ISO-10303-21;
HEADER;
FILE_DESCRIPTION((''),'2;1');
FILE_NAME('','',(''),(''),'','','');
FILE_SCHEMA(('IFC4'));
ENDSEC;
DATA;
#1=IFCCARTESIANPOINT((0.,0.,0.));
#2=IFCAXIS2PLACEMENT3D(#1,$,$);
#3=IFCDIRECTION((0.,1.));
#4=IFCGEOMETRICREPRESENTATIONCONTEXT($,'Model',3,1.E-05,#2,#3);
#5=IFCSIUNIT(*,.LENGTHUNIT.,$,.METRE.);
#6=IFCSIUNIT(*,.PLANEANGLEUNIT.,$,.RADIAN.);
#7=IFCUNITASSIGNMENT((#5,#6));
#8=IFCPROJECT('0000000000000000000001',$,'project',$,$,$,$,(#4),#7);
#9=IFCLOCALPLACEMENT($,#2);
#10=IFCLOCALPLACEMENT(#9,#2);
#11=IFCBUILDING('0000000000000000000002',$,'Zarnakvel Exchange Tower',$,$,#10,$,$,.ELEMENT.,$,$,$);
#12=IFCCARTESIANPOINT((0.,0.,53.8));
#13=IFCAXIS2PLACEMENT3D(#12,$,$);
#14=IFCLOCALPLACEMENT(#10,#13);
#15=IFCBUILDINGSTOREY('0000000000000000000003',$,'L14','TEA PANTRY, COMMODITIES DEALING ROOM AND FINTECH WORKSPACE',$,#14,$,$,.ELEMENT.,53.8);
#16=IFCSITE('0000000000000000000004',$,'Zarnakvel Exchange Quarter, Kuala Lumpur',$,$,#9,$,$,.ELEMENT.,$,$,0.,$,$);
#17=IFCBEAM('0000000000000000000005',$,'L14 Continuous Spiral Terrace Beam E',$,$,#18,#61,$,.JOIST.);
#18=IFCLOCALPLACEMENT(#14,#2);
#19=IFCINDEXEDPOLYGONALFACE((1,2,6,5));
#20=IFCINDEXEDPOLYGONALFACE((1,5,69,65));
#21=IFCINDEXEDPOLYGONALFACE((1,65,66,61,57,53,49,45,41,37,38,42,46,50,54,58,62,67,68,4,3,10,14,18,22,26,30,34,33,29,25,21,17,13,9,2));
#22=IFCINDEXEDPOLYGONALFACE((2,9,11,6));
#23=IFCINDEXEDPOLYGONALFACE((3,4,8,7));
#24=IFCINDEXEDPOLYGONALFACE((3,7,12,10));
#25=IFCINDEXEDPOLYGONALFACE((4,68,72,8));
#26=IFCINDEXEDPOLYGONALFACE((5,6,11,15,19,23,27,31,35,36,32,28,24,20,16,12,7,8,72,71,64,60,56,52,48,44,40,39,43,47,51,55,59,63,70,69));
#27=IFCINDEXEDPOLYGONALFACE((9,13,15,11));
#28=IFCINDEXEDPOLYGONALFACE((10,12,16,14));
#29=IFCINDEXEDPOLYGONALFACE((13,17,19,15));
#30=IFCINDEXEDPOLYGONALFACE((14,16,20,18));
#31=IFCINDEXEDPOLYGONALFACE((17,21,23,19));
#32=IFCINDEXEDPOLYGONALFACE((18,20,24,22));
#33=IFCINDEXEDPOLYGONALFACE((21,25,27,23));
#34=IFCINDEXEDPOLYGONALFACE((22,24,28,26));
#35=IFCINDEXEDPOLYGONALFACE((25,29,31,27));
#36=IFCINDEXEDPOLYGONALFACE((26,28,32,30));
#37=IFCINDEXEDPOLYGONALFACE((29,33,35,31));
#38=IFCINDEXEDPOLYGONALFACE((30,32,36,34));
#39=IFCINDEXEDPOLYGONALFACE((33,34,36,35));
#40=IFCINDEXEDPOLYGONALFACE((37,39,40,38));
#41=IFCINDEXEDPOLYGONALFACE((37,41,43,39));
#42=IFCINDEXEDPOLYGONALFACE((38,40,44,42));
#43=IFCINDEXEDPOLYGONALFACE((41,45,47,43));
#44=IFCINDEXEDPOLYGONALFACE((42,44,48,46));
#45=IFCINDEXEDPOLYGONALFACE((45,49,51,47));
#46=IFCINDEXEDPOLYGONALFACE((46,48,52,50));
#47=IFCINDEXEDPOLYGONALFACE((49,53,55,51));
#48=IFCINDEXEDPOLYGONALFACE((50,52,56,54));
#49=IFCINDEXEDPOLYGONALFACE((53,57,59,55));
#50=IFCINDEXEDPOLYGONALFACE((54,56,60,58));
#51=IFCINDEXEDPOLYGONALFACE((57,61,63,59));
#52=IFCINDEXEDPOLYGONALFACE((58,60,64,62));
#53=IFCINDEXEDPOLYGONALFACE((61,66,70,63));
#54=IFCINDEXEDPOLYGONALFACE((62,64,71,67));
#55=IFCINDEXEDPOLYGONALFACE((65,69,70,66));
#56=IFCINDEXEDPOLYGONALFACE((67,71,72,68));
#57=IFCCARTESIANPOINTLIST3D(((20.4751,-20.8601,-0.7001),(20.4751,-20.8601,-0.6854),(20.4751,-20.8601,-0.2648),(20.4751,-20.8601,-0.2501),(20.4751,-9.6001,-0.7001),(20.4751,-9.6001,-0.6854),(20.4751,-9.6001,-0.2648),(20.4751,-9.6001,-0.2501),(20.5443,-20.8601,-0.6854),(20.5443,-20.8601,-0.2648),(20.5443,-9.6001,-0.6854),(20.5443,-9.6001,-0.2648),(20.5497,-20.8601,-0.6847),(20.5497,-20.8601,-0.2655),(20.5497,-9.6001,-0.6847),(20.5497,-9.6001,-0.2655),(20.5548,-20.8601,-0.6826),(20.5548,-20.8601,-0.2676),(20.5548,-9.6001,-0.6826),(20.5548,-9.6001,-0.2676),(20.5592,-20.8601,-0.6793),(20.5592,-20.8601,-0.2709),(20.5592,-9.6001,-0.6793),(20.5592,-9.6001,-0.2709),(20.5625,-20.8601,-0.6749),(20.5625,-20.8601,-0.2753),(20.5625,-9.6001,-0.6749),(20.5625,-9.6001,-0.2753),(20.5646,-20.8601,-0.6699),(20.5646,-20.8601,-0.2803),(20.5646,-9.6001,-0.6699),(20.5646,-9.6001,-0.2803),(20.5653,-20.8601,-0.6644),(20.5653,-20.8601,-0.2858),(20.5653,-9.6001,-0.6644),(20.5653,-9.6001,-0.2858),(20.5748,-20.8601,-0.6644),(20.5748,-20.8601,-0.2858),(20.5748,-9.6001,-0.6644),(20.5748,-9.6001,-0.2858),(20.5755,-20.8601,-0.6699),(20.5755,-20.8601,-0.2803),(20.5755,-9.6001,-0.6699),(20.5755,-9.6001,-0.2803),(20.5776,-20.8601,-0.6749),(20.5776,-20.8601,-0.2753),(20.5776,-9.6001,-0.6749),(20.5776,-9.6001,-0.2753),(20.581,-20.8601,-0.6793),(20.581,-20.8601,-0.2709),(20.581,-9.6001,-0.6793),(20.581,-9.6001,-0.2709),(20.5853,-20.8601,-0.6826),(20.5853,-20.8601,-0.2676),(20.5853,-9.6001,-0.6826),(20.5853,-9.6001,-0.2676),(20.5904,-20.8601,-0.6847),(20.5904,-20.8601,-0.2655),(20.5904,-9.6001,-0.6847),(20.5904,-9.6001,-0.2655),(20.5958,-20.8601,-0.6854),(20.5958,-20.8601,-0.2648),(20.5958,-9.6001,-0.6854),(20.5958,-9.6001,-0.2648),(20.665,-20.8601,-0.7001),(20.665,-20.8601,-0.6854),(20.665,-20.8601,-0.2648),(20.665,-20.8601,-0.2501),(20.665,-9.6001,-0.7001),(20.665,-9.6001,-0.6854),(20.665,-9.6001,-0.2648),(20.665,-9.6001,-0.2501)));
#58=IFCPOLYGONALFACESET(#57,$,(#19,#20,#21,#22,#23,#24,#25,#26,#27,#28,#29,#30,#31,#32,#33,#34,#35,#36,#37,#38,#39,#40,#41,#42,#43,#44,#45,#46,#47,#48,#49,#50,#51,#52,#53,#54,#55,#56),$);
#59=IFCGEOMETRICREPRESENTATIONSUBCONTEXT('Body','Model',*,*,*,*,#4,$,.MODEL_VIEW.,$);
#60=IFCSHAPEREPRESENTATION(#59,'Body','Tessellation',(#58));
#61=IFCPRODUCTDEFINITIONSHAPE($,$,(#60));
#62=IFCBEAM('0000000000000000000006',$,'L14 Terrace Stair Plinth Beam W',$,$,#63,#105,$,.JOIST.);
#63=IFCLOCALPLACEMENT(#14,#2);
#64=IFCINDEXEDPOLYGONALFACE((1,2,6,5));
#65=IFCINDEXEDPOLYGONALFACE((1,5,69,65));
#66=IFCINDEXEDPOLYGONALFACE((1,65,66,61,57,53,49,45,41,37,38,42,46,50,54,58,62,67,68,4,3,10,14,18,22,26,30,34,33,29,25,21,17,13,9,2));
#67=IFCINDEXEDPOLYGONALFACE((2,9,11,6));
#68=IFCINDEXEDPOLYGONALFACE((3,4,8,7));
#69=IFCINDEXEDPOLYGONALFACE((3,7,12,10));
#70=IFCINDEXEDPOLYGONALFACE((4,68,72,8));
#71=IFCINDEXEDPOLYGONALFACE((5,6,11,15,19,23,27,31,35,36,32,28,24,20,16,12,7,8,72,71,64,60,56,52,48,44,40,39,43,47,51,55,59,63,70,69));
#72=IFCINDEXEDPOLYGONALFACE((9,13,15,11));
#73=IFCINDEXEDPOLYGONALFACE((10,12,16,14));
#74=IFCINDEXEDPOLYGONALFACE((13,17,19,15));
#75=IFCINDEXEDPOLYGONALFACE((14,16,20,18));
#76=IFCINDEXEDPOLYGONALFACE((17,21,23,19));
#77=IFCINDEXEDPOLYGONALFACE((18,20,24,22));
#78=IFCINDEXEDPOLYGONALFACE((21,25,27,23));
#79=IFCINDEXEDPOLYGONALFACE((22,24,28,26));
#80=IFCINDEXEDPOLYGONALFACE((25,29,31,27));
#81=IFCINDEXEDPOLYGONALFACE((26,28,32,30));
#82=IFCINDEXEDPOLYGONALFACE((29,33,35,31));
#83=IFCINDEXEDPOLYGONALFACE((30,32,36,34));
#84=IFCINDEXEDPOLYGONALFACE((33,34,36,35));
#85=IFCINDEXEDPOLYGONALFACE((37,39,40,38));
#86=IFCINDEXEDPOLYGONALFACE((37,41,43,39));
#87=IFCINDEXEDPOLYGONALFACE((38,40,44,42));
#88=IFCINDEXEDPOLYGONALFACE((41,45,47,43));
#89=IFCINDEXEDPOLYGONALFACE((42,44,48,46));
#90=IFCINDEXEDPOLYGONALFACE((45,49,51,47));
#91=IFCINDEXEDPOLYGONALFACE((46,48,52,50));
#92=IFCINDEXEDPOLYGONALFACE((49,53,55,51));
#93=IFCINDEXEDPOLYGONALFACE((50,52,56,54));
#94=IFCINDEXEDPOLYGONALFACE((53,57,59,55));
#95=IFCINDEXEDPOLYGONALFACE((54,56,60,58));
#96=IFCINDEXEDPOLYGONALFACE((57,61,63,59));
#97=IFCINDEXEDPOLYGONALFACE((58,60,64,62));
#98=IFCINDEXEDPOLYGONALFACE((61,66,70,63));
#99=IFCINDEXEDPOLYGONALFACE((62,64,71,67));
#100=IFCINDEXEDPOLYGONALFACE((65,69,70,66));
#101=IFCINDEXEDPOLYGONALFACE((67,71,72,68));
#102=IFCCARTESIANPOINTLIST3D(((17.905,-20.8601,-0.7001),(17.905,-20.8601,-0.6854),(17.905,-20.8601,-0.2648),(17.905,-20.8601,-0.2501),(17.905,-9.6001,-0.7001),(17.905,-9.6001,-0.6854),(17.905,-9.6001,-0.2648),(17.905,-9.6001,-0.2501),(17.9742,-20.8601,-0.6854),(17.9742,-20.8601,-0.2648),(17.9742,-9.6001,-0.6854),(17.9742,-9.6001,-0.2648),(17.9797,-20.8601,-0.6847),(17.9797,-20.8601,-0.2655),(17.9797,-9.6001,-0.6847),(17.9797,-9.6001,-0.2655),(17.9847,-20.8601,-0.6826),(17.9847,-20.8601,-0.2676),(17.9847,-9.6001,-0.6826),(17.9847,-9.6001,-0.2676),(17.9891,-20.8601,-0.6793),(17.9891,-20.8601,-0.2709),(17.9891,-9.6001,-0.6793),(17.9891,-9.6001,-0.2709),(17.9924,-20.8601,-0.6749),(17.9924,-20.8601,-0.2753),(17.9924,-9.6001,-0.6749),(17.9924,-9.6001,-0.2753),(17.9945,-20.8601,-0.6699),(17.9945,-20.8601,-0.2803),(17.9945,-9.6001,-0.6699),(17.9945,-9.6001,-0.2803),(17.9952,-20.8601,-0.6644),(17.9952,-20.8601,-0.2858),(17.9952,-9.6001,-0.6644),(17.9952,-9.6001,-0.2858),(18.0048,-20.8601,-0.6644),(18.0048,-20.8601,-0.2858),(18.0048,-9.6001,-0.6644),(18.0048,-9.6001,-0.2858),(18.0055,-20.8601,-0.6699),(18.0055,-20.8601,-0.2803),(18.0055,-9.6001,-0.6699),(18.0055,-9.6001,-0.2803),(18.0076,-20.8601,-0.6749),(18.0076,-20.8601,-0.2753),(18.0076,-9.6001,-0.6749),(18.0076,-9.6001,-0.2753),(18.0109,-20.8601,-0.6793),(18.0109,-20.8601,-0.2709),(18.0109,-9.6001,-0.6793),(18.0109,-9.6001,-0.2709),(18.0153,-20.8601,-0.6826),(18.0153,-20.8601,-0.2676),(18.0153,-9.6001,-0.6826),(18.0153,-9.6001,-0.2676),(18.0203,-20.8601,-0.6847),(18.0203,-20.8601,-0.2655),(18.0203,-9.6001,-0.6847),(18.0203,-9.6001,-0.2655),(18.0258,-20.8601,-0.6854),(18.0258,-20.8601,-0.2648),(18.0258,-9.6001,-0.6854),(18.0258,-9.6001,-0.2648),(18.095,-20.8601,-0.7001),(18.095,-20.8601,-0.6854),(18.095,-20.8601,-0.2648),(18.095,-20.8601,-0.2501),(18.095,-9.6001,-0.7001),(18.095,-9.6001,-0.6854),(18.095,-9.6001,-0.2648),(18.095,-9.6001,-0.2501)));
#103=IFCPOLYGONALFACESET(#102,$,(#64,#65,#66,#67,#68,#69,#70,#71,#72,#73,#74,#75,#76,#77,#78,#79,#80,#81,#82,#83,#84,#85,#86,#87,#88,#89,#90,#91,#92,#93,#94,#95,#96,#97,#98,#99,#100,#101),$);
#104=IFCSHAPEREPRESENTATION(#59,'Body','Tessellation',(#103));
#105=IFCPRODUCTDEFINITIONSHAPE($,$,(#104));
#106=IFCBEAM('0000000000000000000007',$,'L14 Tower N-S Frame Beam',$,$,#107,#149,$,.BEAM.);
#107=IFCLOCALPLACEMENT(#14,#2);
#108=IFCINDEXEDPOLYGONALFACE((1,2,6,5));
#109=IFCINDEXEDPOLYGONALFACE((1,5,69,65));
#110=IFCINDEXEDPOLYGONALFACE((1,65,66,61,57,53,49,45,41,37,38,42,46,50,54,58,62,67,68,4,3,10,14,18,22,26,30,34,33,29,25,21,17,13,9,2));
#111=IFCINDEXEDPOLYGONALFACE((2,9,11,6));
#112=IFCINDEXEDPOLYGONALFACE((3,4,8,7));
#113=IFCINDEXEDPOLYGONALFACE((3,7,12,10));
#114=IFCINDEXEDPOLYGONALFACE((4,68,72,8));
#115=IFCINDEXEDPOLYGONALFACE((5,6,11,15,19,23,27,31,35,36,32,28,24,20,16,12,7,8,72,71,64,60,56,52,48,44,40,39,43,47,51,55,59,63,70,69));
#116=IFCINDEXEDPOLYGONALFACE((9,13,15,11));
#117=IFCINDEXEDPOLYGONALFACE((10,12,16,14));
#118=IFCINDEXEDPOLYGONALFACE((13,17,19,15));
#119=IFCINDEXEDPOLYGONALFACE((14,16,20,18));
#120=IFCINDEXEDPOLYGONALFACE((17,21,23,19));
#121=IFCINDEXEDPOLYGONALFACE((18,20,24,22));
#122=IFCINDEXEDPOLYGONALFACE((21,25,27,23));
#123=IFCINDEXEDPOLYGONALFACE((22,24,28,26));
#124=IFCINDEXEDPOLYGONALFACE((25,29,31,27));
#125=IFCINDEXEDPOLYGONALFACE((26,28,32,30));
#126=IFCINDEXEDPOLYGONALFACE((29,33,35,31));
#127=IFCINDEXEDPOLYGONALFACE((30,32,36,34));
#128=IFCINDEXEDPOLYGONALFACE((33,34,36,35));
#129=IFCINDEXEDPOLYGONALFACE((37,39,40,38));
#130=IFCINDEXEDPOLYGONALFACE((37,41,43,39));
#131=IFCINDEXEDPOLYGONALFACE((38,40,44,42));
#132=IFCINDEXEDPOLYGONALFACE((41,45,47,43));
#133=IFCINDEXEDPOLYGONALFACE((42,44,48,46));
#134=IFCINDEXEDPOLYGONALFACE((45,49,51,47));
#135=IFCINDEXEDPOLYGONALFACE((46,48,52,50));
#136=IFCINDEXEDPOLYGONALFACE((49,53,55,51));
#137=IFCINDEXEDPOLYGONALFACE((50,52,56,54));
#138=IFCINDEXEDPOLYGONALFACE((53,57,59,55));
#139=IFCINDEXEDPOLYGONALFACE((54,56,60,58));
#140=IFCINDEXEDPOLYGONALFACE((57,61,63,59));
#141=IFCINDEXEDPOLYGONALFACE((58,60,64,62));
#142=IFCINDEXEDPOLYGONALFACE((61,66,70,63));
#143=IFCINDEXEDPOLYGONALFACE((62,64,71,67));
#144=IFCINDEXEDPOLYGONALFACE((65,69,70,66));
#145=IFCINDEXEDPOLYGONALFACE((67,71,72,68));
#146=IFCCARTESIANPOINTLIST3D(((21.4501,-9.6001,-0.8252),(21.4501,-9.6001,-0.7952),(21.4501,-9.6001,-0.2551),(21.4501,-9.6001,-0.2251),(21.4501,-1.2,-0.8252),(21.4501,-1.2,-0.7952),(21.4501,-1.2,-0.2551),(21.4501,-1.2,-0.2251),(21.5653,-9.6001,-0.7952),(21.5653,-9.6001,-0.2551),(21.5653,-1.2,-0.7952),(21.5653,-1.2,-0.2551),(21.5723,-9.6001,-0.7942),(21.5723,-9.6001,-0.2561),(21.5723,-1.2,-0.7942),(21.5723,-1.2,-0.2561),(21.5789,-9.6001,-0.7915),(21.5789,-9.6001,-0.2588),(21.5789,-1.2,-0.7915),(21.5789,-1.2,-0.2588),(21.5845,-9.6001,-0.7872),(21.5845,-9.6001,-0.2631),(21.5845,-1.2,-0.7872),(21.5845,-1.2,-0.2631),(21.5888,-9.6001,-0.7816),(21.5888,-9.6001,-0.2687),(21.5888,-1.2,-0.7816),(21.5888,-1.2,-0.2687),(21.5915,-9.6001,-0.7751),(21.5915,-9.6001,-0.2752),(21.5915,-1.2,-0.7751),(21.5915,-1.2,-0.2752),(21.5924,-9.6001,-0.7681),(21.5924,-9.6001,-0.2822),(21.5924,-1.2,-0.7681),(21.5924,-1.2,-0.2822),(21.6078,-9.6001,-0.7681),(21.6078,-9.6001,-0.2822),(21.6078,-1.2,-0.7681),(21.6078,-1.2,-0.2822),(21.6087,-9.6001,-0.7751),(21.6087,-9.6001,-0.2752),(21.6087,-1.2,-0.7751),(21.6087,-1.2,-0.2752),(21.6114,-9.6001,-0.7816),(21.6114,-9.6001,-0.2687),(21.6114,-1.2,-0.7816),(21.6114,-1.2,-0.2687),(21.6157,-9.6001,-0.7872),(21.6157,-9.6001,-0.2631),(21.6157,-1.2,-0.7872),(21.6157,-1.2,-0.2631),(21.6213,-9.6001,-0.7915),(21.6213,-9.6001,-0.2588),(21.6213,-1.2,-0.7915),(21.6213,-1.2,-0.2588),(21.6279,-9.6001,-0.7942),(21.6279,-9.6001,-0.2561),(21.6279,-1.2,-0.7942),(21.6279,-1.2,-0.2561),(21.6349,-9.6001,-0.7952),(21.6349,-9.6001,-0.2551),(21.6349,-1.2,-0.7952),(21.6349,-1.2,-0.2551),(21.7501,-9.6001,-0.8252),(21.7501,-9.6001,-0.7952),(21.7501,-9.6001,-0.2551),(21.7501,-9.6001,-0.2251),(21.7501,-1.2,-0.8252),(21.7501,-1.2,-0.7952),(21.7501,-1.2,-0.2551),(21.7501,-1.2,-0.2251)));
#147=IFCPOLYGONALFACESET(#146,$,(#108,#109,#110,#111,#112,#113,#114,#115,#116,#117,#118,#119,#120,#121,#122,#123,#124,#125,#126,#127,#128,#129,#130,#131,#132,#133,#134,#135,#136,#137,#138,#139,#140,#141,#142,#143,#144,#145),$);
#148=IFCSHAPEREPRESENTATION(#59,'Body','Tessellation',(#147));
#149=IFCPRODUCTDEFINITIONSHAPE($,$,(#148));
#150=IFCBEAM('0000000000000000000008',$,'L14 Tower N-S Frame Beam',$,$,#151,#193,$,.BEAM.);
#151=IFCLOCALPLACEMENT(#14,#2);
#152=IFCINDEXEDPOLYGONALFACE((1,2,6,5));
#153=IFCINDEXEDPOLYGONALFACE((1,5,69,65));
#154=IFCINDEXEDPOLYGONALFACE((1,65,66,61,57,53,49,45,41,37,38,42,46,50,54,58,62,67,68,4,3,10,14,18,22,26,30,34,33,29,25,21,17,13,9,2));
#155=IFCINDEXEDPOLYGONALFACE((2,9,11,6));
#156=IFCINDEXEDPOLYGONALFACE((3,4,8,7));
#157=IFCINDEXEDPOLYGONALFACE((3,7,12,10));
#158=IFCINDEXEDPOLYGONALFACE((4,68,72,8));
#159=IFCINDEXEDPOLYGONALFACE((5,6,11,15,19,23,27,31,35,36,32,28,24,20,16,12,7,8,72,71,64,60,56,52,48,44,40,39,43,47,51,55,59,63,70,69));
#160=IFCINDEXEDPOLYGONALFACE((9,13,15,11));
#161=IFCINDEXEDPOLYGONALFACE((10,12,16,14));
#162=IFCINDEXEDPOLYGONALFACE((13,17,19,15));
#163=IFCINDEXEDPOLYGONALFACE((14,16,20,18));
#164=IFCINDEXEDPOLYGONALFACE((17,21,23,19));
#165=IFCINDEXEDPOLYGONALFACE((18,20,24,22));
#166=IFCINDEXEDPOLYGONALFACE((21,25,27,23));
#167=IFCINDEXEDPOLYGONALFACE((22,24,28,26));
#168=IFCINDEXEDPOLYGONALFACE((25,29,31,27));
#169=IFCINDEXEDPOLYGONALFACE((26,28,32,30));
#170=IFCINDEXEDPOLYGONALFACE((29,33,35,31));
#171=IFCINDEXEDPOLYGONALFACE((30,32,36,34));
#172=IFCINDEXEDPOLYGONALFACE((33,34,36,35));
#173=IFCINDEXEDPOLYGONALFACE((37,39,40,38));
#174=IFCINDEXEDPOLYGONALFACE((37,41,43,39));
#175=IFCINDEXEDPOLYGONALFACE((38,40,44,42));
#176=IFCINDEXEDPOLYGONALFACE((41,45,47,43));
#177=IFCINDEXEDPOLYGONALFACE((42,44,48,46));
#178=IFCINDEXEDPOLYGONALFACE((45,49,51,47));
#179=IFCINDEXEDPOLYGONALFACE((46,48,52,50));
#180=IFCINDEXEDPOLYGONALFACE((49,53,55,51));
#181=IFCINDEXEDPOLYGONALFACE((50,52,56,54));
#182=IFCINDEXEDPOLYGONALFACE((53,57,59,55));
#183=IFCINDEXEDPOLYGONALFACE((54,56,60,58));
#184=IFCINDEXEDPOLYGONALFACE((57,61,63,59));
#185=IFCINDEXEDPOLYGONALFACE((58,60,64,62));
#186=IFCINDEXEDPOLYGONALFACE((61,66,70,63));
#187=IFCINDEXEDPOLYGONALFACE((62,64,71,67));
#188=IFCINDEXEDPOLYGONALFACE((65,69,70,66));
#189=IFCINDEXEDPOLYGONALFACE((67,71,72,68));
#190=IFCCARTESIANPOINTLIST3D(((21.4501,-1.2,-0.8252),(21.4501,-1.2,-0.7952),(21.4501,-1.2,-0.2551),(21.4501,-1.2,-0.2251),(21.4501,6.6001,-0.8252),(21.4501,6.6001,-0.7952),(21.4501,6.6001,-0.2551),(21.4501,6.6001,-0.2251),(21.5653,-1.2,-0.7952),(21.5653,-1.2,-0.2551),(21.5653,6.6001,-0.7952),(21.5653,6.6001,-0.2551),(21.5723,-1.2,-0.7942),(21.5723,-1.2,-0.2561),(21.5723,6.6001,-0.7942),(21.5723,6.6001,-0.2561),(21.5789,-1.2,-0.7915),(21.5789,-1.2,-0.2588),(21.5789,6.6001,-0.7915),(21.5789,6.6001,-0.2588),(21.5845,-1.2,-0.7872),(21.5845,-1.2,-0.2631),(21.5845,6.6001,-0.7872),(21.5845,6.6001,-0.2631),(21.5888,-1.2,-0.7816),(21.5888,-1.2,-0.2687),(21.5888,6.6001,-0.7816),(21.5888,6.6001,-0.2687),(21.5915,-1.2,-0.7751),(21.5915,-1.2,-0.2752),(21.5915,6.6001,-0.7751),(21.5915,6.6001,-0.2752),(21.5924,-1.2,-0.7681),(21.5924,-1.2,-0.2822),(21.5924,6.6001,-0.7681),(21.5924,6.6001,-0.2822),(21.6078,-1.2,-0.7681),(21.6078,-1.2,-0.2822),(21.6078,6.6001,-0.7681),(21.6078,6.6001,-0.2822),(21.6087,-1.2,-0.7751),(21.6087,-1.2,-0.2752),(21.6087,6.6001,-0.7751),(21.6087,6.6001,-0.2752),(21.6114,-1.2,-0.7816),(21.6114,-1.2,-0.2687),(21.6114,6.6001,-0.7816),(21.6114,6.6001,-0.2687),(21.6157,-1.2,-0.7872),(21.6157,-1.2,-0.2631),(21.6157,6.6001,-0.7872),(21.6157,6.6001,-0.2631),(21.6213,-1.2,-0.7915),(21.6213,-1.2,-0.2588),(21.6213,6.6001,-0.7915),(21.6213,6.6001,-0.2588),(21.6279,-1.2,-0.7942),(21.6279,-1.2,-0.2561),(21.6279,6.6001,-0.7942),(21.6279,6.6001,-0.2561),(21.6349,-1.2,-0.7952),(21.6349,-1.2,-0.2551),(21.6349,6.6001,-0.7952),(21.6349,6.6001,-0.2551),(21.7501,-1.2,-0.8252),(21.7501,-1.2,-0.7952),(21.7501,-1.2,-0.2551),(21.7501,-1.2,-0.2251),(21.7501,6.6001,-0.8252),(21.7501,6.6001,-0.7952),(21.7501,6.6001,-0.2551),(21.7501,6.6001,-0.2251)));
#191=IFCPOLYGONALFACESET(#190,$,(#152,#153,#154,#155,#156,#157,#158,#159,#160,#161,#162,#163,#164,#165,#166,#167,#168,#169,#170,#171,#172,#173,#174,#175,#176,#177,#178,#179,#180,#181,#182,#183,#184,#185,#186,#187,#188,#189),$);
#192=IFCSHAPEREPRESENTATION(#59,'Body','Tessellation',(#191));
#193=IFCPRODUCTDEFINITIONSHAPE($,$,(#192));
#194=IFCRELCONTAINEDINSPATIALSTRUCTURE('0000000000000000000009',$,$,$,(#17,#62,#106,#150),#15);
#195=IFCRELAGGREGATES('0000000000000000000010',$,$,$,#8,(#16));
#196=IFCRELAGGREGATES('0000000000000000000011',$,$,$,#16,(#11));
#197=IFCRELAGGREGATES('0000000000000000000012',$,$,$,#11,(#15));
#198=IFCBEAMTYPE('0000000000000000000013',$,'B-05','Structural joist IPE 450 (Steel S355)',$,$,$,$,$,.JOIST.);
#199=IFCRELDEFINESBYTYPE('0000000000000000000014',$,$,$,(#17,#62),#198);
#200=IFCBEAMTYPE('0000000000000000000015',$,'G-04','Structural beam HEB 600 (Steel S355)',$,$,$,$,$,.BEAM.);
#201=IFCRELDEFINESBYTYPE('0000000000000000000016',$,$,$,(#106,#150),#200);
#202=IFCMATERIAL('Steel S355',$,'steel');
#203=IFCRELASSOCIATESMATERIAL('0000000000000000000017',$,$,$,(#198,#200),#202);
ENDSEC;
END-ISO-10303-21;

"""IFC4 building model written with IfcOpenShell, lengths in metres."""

from ifc_helpers import new_model, si_unit, direction, frame, origin, origin_2d, place, context, subcontext, project, spatial, i_section, extrude, material, material_profile, profile_set, type_object, element, save


model = new_model("IFC4")

# Units and contexts
model_context = context("Model", 3, precision=1e-05, world=origin(), true_north=direction((0.0, 1.0)))
body_context = subcontext(model_context, "Body", "Model", "MODEL_VIEW")
ifc_project = project(units=[si_unit("LENGTHUNIT", "METRE"), si_unit("PLANEANGLEUNIT", "RADIAN")], contexts=[model_context])

# Site, building, storey
site_placement = place(None, origin())
site = spatial("IfcSite", under=ifc_project, at=site_placement, Name="Zarnakvel Exchange Quarter, Kuala Lumpur", CompositionType="ELEMENT", RefElevation=0.0)
building_placement = place(site_placement, origin())
building = spatial("IfcBuilding", under=site, at=building_placement, Name="Zarnakvel Exchange Tower", CompositionType="ELEMENT")
storey_placement = place(building_placement, frame((0.0, 0.0, 53.8)))
storey = spatial("IfcBuildingStorey", under=building, at=storey_placement, Name="L14", Description="TEA PANTRY, COMMODITIES DEALING ROOM AND FINTECH WORKSPACE", CompositionType="ELEMENT", Elevation=53.8)

# Shared definitions
ifc_material_1 = material(Name="Steel S355", Category="steel")

# Beams
ifc_material_profile_1 = material_profile(ifc_material_1, i_section(OverallWidth=0.1899, OverallDepth=0.45, WebThickness=0.0095, FlangeThickness=0.0146, FilletRadius=0.021, at=origin_2d()))
ifc_profile_set_1 = profile_set([ifc_material_profile_1], Name="Steel S355")
beam_type_1 = type_object("IfcBeamType", Name="B-05", Description="Structural joist IPE 450 (Steel S355)", PredefinedType="JOIST", material=ifc_profile_set_1)
for number, where, z_axis, x_axis, name in (
    (1, (20.5701, -9.6001, -0.4751), (0.0, -1.0, 0.0), (1.0, 0.0, 0.0), "L14 Continuous Spiral Terrace Beam E"),
    (2, (18.0, -9.6001, -0.4751), (0.0, -1.0, 0.0), (1.0, 0.0, 0.0), "L14 Terrace Stair Plinth Beam W"),
):
    element("IfcBeam", number, at=place(storey_placement, frame(where, z_axis=z_axis, x_axis=x_axis)), inside=storey, type_object=beam_type_1, Name=name, PredefinedType="JOIST", context=body_context, shape_type="SweptSolid", body=[
        extrude(i_section(OverallWidth=0.1899, OverallDepth=0.45, WebThickness=0.0095, FlangeThickness=0.0146, FilletRadius=0.021, at=origin_2d()), origin(), (0.0, 0.0, 1.0), 11.26),
    ])
ifc_material_profile_2 = material_profile(ifc_material_1, i_section(OverallWidth=0.3, OverallDepth=0.6001, WebThickness=0.0154, FlangeThickness=0.03, FilletRadius=0.0271, at=origin_2d()))
ifc_profile_set_2 = profile_set([ifc_material_profile_2], Name="Steel S355")
beam_type_2 = type_object("IfcBeamType", Name="G-04", Description="Structural beam HEB 600 (Steel S355)", PredefinedType="BEAM", material=ifc_profile_set_2)
beam_1_placement = place(storey_placement, frame((21.6001, -9.6001, -0.5251), z_axis=(0.0, 1.0, 0.0), x_axis=(-1.0, 0.0, 0.0)))
element("IfcBeam", 3, at=beam_1_placement, inside=storey, type_object=beam_type_2, Name="L14 Tower N-S Frame Beam", PredefinedType="BEAM", context=body_context, shape_type="SweptSolid", body=[
    extrude(i_section(OverallWidth=0.3, OverallDepth=0.6001, WebThickness=0.0154, FlangeThickness=0.03, FilletRadius=0.0271, at=origin_2d()), origin(), (0.0, 0.0, 1.0), 8.4001),
])
beam_2_placement = place(storey_placement, frame((21.6001, -1.2, -0.5251), z_axis=(0.0, 1.0, 0.0), x_axis=(-1.0, 0.0, 0.0)))
element("IfcBeam", 4, at=beam_2_placement, inside=storey, type_object=beam_type_2, Name="L14 Tower N-S Frame Beam", PredefinedType="BEAM", context=body_context, shape_type="SweptSolid", body=[
    extrude(i_section(OverallWidth=0.3, OverallDepth=0.6001, WebThickness=0.0154, FlangeThickness=0.03, FilletRadius=0.0271, at=origin_2d()), origin(), (0.0, 0.0, 1.0), 7.8),
])

save(model, "model.ifc")
